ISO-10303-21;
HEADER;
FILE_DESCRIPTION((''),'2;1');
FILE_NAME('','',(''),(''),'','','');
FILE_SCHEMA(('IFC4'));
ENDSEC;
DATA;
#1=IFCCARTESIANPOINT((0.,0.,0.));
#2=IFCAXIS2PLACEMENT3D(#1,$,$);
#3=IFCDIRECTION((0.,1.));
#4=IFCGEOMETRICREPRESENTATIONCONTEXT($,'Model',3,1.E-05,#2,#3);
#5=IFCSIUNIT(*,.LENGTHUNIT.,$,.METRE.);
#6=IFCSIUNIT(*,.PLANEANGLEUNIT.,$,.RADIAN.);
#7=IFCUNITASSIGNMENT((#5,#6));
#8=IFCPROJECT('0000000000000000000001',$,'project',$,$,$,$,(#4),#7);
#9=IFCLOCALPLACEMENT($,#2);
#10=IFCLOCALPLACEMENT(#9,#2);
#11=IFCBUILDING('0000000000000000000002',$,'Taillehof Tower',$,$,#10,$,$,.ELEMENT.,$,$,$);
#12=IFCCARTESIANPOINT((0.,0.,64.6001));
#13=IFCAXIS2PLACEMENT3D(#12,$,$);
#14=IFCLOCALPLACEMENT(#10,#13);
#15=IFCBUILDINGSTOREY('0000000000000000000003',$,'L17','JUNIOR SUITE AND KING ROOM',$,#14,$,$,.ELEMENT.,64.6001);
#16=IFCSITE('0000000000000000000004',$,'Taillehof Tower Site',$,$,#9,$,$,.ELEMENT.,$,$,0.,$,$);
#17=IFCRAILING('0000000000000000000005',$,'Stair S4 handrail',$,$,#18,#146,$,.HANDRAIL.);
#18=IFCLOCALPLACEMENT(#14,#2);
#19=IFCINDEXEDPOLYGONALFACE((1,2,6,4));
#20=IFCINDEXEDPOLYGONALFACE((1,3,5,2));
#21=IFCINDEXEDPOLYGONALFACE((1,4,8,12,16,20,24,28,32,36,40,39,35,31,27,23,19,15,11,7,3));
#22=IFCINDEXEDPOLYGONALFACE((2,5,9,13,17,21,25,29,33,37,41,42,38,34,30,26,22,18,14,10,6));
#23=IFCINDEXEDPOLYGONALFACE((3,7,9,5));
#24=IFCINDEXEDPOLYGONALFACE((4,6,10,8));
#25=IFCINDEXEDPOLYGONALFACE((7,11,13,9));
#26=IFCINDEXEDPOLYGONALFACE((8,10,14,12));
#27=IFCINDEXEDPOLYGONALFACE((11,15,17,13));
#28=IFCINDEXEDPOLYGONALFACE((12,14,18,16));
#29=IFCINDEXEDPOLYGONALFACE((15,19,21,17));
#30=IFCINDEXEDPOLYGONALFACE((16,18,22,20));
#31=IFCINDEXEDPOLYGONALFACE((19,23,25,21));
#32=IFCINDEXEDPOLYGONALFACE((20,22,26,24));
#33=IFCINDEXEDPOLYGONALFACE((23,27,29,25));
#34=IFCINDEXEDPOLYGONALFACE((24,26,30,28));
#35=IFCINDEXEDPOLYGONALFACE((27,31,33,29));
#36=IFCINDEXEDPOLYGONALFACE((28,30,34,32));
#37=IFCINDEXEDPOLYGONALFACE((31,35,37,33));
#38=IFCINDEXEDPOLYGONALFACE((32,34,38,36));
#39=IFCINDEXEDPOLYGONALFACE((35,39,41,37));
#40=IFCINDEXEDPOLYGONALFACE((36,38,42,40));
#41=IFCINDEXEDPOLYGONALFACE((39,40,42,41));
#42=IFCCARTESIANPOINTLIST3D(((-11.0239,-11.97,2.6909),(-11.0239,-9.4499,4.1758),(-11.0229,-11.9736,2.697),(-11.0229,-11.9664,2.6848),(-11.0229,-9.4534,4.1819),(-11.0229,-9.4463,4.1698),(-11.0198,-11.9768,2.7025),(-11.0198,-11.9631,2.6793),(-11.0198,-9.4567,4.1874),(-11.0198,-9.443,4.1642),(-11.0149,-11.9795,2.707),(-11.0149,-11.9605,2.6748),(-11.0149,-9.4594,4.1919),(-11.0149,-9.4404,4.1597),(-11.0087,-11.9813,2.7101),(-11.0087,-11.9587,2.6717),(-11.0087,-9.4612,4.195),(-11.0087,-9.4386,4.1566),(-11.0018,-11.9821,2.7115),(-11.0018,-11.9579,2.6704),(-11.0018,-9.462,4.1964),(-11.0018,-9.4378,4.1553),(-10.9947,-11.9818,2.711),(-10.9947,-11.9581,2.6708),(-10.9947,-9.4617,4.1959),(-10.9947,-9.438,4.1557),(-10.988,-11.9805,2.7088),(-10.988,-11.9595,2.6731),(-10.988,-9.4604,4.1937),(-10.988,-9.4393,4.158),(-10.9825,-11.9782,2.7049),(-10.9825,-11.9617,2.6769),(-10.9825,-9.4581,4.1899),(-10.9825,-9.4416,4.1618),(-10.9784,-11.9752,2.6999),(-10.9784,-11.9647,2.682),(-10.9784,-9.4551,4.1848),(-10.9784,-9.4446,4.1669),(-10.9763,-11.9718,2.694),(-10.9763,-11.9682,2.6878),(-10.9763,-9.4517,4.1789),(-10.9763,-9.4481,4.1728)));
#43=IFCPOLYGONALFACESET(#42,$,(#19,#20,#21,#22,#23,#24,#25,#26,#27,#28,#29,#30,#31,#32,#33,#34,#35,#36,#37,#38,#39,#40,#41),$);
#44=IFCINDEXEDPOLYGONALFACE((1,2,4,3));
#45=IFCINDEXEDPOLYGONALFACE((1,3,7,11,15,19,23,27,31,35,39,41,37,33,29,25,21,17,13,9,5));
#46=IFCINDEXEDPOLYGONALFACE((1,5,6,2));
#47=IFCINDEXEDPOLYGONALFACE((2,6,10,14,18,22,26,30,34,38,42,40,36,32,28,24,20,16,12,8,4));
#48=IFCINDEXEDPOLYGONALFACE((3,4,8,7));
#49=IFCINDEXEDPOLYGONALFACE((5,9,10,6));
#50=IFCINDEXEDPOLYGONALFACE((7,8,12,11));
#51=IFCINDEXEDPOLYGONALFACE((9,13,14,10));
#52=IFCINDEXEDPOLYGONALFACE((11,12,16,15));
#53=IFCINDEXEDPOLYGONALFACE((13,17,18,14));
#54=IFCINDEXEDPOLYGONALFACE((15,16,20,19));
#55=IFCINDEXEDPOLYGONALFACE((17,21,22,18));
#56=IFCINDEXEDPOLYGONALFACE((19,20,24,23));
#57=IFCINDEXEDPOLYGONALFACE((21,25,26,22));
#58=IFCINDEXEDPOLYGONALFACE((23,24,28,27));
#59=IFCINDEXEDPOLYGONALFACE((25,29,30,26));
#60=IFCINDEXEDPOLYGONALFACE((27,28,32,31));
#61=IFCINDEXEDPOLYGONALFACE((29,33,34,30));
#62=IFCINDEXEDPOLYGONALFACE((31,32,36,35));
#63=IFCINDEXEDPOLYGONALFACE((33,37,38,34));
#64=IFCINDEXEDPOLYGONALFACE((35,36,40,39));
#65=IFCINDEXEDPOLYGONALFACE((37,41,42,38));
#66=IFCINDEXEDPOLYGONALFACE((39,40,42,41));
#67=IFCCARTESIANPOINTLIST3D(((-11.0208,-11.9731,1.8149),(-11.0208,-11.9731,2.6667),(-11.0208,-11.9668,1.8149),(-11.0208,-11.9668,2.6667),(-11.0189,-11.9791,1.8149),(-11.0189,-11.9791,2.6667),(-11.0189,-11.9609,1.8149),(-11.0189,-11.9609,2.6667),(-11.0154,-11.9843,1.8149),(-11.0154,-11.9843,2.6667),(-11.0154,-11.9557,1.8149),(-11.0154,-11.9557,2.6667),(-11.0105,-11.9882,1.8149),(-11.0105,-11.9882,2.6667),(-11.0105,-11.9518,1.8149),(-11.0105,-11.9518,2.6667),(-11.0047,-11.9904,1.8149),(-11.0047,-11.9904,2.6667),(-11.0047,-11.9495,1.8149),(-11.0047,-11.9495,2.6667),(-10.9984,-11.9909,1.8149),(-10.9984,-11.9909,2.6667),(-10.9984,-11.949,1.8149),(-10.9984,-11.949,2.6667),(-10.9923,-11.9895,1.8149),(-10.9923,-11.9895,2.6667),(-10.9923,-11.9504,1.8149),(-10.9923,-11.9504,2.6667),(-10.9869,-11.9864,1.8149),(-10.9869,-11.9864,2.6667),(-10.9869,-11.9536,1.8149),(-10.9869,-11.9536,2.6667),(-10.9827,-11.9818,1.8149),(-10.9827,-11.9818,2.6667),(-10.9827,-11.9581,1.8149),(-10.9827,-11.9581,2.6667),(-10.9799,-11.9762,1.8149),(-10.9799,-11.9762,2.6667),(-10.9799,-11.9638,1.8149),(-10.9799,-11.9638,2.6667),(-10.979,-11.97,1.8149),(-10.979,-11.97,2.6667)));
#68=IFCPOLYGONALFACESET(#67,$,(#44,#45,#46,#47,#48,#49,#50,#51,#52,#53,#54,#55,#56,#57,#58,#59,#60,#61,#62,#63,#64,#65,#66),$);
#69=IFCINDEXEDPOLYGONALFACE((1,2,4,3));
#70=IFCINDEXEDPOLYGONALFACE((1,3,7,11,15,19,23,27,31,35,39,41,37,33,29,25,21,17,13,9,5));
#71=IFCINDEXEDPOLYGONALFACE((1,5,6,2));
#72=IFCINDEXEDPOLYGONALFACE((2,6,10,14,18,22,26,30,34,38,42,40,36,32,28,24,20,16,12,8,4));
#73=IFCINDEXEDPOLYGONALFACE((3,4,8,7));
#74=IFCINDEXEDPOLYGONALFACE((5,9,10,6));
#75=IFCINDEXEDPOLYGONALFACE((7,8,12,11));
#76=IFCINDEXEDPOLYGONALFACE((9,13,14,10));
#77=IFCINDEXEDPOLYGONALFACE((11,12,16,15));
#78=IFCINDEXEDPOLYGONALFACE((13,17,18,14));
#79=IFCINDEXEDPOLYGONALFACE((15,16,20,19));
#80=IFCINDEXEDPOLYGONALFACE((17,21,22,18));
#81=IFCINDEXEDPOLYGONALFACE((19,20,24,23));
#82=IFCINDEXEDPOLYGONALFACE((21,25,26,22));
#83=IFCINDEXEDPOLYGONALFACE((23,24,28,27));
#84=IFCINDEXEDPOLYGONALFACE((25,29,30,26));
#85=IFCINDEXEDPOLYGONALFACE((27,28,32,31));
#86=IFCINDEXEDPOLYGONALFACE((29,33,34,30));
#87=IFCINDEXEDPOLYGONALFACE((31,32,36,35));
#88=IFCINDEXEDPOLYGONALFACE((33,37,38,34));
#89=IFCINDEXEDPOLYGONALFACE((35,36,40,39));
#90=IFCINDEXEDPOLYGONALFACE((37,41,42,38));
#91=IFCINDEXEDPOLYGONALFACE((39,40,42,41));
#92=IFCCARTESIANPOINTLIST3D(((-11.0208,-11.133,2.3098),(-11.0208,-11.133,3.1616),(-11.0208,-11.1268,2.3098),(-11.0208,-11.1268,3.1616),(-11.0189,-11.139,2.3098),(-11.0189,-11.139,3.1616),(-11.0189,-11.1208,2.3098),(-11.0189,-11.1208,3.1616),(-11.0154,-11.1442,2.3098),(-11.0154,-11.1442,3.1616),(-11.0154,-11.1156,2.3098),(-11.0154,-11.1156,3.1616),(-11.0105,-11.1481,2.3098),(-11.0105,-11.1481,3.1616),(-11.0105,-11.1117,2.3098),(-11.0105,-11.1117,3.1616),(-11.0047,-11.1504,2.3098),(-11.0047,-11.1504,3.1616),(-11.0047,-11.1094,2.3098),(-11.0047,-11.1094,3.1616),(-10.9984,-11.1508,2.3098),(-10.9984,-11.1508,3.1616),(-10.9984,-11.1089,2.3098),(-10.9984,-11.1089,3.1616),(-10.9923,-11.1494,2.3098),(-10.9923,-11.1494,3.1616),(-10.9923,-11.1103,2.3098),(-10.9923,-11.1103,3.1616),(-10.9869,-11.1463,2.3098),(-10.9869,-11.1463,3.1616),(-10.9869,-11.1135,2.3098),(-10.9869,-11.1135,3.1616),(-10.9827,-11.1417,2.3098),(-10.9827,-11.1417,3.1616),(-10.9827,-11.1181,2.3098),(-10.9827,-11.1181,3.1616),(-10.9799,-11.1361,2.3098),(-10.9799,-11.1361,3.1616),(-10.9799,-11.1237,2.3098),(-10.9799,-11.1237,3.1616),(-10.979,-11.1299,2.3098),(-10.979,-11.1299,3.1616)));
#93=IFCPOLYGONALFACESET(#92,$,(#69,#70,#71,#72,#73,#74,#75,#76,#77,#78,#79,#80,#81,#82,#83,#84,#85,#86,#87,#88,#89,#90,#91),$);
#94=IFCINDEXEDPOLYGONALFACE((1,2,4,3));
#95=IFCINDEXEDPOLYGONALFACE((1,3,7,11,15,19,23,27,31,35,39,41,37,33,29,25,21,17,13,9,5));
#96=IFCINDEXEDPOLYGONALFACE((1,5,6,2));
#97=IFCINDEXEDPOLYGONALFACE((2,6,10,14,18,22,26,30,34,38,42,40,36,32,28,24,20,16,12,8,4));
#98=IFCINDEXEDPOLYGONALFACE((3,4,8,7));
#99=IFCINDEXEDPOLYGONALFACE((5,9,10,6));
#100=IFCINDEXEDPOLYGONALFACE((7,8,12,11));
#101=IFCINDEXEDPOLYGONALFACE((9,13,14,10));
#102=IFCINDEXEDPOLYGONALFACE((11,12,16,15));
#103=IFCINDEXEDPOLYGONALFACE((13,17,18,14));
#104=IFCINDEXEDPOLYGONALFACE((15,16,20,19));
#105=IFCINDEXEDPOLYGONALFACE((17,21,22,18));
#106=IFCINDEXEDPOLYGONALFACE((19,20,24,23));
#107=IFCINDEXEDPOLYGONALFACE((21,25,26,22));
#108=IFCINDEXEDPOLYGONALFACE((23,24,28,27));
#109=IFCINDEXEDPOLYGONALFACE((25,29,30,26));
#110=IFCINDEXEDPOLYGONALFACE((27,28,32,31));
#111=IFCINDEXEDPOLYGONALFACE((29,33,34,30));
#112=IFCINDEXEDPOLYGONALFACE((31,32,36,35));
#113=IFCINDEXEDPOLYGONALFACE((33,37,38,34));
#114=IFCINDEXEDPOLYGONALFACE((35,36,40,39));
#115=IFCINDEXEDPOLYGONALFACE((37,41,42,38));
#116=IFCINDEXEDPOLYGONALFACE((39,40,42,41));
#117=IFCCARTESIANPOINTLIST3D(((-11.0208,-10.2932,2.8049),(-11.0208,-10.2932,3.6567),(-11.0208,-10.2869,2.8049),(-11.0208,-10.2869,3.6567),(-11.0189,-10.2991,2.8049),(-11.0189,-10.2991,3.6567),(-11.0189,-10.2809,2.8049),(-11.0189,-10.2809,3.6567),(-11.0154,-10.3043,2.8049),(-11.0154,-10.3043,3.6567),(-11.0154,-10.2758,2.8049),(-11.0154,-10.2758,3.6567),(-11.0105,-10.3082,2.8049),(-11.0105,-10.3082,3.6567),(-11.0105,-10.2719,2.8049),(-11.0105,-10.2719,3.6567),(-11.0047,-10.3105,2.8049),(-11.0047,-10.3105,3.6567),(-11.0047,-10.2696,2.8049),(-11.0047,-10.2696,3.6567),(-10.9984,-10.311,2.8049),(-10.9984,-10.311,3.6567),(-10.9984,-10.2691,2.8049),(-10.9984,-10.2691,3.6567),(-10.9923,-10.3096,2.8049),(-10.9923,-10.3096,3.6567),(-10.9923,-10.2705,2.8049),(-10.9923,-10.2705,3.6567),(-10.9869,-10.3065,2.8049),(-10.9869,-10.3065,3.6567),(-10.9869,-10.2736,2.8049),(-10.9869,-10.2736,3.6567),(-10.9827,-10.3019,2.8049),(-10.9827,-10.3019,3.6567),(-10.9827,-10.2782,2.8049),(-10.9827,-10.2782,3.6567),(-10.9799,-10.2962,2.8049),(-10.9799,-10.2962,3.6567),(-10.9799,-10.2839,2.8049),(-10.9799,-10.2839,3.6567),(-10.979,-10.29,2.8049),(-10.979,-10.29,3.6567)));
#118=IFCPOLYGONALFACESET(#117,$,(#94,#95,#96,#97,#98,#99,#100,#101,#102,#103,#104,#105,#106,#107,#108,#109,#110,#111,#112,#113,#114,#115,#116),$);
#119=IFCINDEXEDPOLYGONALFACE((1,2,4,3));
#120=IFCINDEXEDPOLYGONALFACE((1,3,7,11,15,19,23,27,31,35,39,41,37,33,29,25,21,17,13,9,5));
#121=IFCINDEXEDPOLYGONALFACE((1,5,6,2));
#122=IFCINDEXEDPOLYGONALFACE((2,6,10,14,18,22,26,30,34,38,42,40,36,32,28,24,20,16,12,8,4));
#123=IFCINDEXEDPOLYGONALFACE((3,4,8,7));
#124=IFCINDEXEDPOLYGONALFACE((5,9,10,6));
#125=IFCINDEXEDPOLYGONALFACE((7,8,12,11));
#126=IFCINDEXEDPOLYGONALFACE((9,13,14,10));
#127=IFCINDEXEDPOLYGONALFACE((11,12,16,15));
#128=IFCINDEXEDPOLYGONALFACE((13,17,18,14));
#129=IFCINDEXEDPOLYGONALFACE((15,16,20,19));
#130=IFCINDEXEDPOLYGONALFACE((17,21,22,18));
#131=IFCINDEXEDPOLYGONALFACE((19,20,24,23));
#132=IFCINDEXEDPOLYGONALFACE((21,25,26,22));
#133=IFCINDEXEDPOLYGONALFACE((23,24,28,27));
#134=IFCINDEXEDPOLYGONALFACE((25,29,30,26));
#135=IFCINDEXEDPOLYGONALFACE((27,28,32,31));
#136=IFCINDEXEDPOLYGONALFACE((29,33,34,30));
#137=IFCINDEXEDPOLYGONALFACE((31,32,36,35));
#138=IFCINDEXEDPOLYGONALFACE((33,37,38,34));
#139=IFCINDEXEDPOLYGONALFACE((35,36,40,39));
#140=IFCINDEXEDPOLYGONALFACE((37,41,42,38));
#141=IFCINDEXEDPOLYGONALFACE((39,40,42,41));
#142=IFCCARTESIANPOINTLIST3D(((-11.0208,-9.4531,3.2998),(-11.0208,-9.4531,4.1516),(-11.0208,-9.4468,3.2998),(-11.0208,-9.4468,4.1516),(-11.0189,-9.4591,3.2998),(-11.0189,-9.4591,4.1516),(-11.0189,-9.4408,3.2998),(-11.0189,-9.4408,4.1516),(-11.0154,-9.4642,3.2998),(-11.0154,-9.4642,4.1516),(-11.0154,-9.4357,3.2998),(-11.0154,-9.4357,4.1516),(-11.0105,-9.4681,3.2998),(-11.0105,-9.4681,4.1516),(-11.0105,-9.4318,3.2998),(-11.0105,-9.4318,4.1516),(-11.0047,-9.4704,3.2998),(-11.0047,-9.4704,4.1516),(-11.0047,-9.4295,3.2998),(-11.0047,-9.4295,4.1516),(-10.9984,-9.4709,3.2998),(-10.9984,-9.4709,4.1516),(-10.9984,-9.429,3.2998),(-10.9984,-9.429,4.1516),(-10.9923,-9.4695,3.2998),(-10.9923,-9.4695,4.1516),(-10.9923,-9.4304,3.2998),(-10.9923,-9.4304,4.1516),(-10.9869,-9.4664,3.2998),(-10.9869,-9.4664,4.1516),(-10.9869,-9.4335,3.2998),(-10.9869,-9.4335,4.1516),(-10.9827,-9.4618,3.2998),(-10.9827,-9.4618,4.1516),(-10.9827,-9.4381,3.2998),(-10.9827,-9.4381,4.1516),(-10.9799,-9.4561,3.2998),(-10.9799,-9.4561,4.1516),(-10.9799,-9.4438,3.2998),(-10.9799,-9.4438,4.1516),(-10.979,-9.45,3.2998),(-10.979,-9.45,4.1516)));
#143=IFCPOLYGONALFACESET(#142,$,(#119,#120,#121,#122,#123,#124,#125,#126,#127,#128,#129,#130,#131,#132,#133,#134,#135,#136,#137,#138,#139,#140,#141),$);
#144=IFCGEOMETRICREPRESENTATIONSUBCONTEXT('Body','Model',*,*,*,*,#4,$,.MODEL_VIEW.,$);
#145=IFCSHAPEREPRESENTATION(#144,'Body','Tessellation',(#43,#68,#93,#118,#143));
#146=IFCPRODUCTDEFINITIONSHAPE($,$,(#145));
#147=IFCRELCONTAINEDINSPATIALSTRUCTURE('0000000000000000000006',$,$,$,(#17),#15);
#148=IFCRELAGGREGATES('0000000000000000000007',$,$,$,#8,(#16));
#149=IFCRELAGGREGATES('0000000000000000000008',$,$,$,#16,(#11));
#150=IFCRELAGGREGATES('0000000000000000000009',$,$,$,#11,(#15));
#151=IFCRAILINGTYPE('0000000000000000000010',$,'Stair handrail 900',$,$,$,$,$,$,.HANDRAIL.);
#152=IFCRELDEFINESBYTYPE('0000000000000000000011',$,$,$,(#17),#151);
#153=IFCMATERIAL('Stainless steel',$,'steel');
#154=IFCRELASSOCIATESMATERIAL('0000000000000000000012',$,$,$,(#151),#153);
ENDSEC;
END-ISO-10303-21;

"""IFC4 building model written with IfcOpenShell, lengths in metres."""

from ifc_helpers import new_model, si_unit, direction, frame, origin, origin_2d, place, context, subcontext, project, spatial, circle, extrude, material, type_object, element, save


model = new_model("IFC4")

# Units and contexts
model_context = context("Model", 3, precision=1e-05, world=origin(), true_north=direction((0.0, 1.0)))
body_context = subcontext(model_context, "Body", "Model", "MODEL_VIEW")
ifc_project = project(units=[si_unit("LENGTHUNIT", "METRE"), si_unit("PLANEANGLEUNIT", "RADIAN")], contexts=[model_context])

# Site, building, storey
site_placement = place(None, origin())
site = spatial("IfcSite", under=ifc_project, at=site_placement, Name="Taillehof Tower Site", CompositionType="ELEMENT", RefElevation=0.0)
building_placement = place(site_placement, origin())
building = spatial("IfcBuilding", under=site, at=building_placement, Name="Taillehof Tower", CompositionType="ELEMENT")
storey_placement = place(building_placement, frame((0.0, 0.0, 64.6001)))
storey = spatial("IfcBuildingStorey", under=building, at=storey_placement, Name="L17", Description="JUNIOR SUITE AND KING ROOM", CompositionType="ELEMENT", Elevation=64.6001)

# Railing
ifc_material_1 = material(Name="Stainless steel", Category="steel")
railing_type = type_object("IfcRailingType", Name="Stair handrail 900", PredefinedType="HANDRAIL", material=ifc_material_1)
railing_1_placement = place(storey_placement, frame((-11.0, -11.97, 1.8149)))
element("IfcRailing", 1, at=railing_1_placement, inside=storey, type_object=railing_type, Name="Stair S4 handrail", PredefinedType="HANDRAIL", context=body_context, shape_type="SweptSolid", body=[
    extrude(circle(Radius=0.0239, at=origin_2d()), frame((0.0, 0.0, 0.876), z_axis=(0.0, 0.861561, 0.507655), x_axis=(-1.0, 0.0, 0.0)), (0.0, 0.0, 1.0), 2.925),
    extrude(circle(Radius=0.021, at=origin_2d()), origin(), (0.0, 0.0, 1.0), 0.8518),
    extrude(circle(Radius=0.021, at=origin_2d()), frame((0.0, 0.8401, 0.4949)), (0.0, 0.0, 1.0), 0.8518),
    extrude(circle(Radius=0.021, at=origin_2d()), frame((0.0, 1.6799, 0.99)), (0.0, 0.0, 1.0), 0.8518),
    extrude(circle(Radius=0.021, at=origin_2d()), frame((0.0, 2.52, 1.4849)), (0.0, 0.0, 1.0), 0.8518),
])

save(model, "model.ifc")
